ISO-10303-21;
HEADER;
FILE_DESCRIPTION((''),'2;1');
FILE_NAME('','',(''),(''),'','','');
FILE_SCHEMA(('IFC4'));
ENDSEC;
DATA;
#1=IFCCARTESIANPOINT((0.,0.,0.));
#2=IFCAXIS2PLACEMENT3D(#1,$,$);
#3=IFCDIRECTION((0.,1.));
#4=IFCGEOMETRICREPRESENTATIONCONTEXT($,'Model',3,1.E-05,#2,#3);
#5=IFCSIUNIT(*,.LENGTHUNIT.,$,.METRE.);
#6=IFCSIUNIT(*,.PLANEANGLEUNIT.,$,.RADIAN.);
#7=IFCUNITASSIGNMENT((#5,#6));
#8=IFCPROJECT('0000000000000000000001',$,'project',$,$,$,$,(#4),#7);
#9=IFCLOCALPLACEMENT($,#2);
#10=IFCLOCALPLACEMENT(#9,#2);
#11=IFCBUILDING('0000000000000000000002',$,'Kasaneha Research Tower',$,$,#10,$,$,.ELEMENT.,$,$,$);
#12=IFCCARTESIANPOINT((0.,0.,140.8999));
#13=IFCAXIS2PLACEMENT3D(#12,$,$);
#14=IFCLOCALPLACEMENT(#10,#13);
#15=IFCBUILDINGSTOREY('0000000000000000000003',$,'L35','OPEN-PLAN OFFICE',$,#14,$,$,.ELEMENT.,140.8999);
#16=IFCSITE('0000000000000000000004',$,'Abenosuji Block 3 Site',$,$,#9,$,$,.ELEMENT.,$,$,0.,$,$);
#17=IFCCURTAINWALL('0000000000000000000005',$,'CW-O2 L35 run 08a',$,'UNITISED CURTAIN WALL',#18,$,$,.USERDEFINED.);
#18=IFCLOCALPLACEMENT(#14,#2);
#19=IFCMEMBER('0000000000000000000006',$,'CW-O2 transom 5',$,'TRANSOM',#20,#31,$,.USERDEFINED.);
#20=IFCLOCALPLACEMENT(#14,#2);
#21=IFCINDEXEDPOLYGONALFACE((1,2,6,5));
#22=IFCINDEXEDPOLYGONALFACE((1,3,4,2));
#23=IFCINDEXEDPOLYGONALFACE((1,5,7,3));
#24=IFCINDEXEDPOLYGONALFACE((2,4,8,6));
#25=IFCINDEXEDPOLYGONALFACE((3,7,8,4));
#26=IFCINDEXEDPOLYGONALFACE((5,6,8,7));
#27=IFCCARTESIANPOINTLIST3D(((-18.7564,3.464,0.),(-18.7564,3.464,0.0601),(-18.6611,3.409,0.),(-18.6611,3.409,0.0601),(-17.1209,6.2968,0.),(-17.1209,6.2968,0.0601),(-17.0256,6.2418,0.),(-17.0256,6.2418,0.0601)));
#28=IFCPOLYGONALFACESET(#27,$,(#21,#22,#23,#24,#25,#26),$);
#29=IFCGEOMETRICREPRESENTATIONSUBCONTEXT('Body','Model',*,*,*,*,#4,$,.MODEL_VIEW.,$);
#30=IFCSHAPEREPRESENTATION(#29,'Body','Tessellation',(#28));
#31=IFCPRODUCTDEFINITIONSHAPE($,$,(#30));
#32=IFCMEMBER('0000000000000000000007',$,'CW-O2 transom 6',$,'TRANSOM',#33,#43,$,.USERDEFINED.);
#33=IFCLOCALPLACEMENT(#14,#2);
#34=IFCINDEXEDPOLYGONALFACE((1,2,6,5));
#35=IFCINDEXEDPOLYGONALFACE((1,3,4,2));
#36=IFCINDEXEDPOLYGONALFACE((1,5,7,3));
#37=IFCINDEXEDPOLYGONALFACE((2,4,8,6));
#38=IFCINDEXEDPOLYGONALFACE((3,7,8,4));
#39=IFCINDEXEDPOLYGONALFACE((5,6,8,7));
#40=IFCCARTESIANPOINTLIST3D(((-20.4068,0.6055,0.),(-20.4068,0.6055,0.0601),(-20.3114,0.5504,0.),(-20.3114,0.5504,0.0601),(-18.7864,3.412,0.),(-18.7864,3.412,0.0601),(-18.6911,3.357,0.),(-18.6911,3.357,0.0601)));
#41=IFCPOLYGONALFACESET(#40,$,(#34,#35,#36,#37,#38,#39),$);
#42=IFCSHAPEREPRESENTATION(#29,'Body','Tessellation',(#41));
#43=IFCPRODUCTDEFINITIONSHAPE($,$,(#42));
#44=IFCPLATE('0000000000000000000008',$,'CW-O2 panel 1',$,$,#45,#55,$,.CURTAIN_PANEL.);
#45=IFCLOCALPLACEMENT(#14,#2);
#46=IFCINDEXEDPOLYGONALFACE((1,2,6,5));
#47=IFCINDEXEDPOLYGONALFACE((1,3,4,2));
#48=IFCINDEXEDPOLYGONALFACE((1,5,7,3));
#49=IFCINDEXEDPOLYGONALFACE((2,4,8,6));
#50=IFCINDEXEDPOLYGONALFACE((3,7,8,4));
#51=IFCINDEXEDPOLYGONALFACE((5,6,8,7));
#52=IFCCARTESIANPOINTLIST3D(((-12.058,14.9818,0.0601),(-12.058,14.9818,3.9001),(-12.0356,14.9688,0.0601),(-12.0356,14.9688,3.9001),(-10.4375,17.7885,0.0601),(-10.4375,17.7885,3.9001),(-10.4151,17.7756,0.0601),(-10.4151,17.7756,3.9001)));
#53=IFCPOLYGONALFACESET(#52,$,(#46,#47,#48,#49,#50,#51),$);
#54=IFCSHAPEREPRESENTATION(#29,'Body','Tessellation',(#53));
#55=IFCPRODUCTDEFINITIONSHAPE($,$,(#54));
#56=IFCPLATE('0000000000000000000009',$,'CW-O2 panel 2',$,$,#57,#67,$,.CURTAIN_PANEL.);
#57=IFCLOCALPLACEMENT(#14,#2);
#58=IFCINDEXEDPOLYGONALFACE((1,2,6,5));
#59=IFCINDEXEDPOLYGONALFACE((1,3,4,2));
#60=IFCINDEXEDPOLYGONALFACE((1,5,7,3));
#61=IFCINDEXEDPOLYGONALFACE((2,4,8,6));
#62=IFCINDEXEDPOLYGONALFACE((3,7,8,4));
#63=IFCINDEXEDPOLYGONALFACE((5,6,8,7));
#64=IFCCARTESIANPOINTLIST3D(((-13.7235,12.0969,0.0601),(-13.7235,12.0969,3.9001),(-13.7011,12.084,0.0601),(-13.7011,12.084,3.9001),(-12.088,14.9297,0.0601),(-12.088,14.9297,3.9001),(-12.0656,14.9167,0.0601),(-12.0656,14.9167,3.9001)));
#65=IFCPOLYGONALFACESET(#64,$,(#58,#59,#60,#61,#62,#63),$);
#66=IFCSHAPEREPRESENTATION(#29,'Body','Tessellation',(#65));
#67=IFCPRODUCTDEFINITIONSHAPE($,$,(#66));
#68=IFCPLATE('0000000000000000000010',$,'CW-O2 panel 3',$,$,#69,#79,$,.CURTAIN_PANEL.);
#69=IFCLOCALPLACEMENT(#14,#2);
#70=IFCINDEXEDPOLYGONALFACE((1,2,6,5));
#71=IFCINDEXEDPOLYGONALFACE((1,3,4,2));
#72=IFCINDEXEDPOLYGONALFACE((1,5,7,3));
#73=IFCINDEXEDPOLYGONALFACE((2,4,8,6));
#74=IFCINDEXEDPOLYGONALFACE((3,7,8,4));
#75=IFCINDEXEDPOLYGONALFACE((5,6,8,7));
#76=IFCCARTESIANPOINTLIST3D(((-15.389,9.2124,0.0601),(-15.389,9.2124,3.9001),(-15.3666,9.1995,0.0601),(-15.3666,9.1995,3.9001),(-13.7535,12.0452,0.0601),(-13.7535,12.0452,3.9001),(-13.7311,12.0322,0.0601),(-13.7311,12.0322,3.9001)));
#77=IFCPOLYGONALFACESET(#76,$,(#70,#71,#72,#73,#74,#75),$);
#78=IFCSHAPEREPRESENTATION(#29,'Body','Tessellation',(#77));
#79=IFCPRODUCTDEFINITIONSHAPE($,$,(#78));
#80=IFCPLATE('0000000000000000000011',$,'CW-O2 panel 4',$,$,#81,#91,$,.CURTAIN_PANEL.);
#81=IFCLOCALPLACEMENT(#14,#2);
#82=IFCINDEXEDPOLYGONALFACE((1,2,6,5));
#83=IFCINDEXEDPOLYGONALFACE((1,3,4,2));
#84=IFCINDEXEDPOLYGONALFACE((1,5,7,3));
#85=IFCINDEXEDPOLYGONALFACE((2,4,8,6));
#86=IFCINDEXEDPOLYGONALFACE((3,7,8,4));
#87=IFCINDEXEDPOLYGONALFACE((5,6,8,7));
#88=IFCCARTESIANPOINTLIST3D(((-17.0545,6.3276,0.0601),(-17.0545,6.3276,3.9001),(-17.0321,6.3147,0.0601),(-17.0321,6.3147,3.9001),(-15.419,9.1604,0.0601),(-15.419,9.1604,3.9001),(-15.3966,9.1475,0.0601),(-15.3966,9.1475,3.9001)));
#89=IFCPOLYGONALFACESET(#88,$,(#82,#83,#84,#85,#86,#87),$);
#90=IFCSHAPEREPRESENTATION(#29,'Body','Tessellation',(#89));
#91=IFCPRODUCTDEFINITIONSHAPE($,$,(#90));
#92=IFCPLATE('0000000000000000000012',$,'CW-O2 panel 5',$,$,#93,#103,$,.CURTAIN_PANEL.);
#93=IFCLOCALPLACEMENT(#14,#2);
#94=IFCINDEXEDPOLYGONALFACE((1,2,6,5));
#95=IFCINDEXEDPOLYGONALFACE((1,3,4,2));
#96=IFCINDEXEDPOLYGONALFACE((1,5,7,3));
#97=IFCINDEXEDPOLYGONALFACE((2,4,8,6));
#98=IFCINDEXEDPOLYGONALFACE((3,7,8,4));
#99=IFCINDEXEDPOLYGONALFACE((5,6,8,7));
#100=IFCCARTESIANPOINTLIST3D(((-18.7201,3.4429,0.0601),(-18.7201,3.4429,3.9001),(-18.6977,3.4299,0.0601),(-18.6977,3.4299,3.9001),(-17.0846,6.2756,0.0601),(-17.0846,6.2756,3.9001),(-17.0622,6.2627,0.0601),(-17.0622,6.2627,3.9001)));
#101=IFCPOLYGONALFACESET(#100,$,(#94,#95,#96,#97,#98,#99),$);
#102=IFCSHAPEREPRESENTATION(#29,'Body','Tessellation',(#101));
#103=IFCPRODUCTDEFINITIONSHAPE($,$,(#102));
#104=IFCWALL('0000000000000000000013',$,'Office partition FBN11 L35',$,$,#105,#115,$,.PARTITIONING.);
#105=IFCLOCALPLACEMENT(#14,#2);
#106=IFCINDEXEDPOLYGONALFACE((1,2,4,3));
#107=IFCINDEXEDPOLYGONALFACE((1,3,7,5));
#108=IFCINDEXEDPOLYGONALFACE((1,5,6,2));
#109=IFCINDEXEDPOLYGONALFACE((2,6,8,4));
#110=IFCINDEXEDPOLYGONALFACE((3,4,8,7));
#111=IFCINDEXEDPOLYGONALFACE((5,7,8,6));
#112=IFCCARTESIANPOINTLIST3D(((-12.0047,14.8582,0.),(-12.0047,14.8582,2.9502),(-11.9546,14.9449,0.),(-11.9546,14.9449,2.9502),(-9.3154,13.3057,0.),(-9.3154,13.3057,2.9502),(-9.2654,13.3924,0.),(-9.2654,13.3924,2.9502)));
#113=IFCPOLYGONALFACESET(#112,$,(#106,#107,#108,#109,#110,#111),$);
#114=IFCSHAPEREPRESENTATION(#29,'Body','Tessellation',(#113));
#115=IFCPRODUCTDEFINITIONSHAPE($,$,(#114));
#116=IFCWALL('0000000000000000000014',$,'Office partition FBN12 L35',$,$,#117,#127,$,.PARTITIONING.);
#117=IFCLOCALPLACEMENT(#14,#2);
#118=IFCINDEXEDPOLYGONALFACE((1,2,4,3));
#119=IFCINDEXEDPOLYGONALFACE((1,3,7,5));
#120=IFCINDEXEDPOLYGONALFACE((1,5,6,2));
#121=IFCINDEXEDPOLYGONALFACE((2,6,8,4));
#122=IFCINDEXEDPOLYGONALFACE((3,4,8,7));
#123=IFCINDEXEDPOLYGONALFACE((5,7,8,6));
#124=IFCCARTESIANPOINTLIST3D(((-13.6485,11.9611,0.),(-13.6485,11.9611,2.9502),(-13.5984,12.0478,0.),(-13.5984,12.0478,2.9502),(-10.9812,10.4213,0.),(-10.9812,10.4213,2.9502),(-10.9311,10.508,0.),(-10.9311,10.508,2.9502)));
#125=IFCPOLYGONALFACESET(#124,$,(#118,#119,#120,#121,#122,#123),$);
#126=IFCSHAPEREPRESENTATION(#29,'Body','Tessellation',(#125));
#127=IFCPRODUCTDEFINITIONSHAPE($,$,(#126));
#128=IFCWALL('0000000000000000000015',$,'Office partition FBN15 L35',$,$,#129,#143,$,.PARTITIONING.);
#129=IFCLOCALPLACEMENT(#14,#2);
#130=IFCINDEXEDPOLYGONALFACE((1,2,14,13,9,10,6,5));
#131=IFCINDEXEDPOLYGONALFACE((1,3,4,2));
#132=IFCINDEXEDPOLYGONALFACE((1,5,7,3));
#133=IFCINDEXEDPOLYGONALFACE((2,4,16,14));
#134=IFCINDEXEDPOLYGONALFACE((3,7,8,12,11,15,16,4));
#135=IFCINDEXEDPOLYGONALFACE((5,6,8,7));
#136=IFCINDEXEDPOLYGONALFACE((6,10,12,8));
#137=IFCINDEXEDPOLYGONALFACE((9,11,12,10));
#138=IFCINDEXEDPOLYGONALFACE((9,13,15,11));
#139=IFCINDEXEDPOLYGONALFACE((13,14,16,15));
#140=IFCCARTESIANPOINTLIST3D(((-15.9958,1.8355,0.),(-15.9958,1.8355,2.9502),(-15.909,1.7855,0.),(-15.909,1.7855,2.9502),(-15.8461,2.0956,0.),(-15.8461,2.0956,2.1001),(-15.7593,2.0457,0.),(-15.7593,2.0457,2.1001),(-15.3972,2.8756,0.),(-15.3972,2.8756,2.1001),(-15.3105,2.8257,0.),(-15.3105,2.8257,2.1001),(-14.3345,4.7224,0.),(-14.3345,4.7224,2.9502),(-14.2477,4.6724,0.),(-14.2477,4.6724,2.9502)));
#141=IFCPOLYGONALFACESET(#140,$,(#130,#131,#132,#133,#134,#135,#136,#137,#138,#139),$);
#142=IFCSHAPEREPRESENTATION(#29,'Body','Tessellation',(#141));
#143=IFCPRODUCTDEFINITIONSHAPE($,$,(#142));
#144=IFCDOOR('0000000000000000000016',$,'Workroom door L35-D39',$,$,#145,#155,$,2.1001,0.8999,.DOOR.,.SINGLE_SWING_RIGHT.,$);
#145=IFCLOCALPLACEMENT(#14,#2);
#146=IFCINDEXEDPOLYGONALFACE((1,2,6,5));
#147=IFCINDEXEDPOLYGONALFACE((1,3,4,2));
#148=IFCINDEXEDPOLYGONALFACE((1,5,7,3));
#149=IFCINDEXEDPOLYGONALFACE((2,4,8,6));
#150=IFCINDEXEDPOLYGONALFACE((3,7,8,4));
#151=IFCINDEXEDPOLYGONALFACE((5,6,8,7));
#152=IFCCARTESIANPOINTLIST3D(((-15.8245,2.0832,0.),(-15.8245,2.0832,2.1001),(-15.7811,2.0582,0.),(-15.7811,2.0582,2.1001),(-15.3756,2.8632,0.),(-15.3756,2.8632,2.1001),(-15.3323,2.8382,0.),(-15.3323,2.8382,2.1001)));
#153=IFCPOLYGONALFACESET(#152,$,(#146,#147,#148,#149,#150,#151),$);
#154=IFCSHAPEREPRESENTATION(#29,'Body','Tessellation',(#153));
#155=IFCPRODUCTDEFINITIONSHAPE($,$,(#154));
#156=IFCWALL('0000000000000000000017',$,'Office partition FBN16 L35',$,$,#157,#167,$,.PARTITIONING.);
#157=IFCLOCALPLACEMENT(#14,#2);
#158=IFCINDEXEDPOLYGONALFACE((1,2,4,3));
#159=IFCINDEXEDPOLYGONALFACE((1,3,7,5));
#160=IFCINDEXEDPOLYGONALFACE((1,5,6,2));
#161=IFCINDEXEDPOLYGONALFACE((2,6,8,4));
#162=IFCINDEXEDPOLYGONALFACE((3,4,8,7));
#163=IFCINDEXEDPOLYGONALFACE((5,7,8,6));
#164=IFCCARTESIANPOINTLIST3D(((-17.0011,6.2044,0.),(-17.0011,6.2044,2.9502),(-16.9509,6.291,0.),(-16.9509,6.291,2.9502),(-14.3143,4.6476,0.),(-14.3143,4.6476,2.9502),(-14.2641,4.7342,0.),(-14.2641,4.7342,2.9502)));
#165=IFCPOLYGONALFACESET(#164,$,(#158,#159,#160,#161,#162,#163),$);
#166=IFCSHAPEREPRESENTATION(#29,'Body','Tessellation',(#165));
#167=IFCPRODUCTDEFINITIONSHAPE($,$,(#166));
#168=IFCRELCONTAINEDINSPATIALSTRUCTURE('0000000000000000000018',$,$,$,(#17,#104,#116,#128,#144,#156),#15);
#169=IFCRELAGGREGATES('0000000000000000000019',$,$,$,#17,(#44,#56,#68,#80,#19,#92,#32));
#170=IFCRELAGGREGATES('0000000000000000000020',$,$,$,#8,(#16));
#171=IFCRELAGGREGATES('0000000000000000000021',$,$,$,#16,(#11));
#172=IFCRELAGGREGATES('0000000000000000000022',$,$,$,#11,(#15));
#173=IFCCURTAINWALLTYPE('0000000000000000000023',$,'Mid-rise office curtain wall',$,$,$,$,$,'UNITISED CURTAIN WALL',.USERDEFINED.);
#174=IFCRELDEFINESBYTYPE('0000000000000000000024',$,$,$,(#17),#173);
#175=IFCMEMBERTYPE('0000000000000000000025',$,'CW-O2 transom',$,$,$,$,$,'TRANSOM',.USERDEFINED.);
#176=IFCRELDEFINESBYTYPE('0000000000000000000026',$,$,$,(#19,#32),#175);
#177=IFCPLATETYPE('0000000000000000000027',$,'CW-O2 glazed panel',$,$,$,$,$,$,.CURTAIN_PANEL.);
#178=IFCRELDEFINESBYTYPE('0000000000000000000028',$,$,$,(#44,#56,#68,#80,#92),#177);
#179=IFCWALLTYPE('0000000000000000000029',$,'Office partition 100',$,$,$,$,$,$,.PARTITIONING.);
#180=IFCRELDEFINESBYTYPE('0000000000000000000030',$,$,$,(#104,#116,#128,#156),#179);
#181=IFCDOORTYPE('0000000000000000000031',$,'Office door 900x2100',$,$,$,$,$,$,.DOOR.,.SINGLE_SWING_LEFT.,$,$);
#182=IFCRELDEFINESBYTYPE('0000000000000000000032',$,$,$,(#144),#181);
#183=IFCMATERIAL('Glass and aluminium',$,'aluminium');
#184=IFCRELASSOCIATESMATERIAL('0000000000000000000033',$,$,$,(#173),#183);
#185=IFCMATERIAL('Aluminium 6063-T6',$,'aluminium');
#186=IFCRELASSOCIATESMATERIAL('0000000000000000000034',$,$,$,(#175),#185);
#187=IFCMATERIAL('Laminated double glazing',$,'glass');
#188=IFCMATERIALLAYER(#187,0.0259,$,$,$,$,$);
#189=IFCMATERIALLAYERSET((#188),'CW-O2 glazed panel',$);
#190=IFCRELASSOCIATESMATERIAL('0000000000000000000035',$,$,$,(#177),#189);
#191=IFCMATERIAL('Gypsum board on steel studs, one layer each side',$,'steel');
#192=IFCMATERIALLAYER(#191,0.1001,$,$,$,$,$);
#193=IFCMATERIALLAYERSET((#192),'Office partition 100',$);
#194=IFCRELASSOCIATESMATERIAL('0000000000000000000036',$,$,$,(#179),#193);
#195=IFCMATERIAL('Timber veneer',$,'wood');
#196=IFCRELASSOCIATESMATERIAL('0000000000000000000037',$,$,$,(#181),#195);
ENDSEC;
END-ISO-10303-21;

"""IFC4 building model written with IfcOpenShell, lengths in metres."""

from ifc_helpers import new_model, si_unit, direction, frame, frame_2d, origin, origin_2d, place, context, subcontext, project, spatial, rectangle, extrude, material, layer, layer_set, material_profile, profile_set, type_object, element, fill, aggregate, save


model = new_model("IFC4")

# Units and contexts
model_context = context("Model", 3, precision=1e-05, world=origin(), true_north=direction((0.0, 1.0)))
body_context = subcontext(model_context, "Body", "Model", "MODEL_VIEW")
ifc_project = project(units=[si_unit("LENGTHUNIT", "METRE"), si_unit("PLANEANGLEUNIT", "RADIAN")], contexts=[model_context])

# Site, building, storey
site_placement = place(None, origin())
site = spatial("IfcSite", under=ifc_project, at=site_placement, Name="Abenosuji Block 3 Site", CompositionType="ELEMENT", RefElevation=0.0)
building_placement = place(site_placement, origin())
building = spatial("IfcBuilding", under=site, at=building_placement, Name="Kasaneha Research Tower", CompositionType="ELEMENT")
storey_placement = place(building_placement, frame((0.0, 0.0, 140.8999)))
storey = spatial("IfcBuildingStorey", under=building, at=storey_placement, Name="L35", Description="OPEN-PLAN OFFICE", CompositionType="ELEMENT", Elevation=140.8999)

# Shared definitions
ifc_material_1 = material(Name="Glass and aluminium", Category="aluminium")
curtain_wall_type = type_object("IfcCurtainWallType", Name="Mid-rise office curtain wall", ElementType="UNITISED CURTAIN WALL", PredefinedType="USERDEFINED", material=ifc_material_1)

# Curtain wall, members, plates
curtain_wall_1_placement = place(storey_placement, origin())
curtain_wall_1 = element("IfcCurtainWall", 1, at=curtain_wall_1_placement, inside=storey, type_object=curtain_wall_type, Name="CW-O2 L35 run 08a", ObjectType="UNITISED CURTAIN WALL", PredefinedType="USERDEFINED")
ifc_material_2 = material(Name="Aluminium 6063-T6", Category="aluminium")
ifc_material_profile_1 = material_profile(ifc_material_2, rectangle(XDim=0.1101, YDim=0.0601, at=origin_2d()), Name="CW-O2 transom 110x60")
ifc_profile_set_1 = profile_set([ifc_material_profile_1], Name="Aluminium 6063-T6")
member_type_1 = type_object("IfcMemberType", Name="CW-O2 transom", ElementType="TRANSOM", PredefinedType="USERDEFINED", material=ifc_profile_set_1)
member_1_placement = place(storey_placement, frame((-17.0732, 6.2693, 0.03), z_axis=(-0.5, -0.866025, 0.0), x_axis=(0.866025, -0.5, 0.0)))
member_1 = element("IfcMember", 2, at=member_1_placement, type_object=member_type_1, Name="CW-O2 transom 5", ObjectType="TRANSOM", PredefinedType="USERDEFINED", context=body_context, shape_type="SweptSolid", body=[
    extrude(rectangle(XDim=0.1101, YDim=0.0601, at=origin_2d()), origin(), (0.0, 0.0, 1.0), 3.271),
])
member_2_placement = place(storey_placement, frame((-18.7388, 3.3845, 0.03), z_axis=(-0.499988, -0.866033, 0.0), x_axis=(0.866033, -0.499988, 0.0)))
member_2 = element("IfcMember", 3, at=member_2_placement, type_object=member_type_1, Name="CW-O2 transom 6", ObjectType="TRANSOM", PredefinedType="USERDEFINED", context=body_context, shape_type="SweptSolid", body=[
    extrude(rectangle(XDim=0.1101, YDim=0.0601, at=origin_2d()), origin(), (0.0, 0.0, 1.0), 3.2407),
])
ifc_material_3 = material(Name="Laminated double glazing", Category="glass")
ifc_layer_1 = layer(ifc_material_3, 0.0259)
ifc_layer_set_1 = layer_set([ifc_layer_1], Name="CW-O2 glazed panel")
plate_type = type_object("IfcPlateType", Name="CW-O2 glazed panel", PredefinedType="CURTAIN_PANEL", material=ifc_layer_set_1)
plate_1_placement = place(storey_placement, frame((-11.2366, 16.3787, 0.0601), z_axis=(0.0, 0.0, 1.0), x_axis=(-0.5, -0.866025, 0.0)))
plate_1 = element("IfcPlate", 4, at=plate_1_placement, type_object=plate_type, Name="CW-O2 panel 1", PredefinedType="CURTAIN_PANEL", context=body_context, shape_type="SweptSolid", body=[
    extrude(rectangle(XDim=3.241, YDim=0.0259, at=origin_2d()), origin(), (0.0, 0.0, 1.0), 3.8401),
])
plate_2_placement = place(storey_placement, frame((-12.8945, 13.5068, 0.0601), z_axis=(0.0, 0.0, 1.0), x_axis=(-0.5, -0.866025, 0.0)))
plate_2 = element("IfcPlate", 5, at=plate_2_placement, type_object=plate_type, Name="CW-O2 panel 2", PredefinedType="CURTAIN_PANEL", context=body_context, shape_type="SweptSolid", body=[
    extrude(rectangle(XDim=3.271, YDim=0.0259, at=origin_2d()), origin(), (0.0, 0.0, 1.0), 3.8401),
])
plate_3_placement = place(storey_placement, frame((-14.5601, 10.6223, 0.0601), z_axis=(0.0, 0.0, 1.0), x_axis=(-0.5, -0.866025, 0.0)))
plate_3 = element("IfcPlate", 6, at=plate_3_placement, type_object=plate_type, Name="CW-O2 panel 3", PredefinedType="CURTAIN_PANEL", context=body_context, shape_type="SweptSolid", body=[
    extrude(rectangle(XDim=3.271, YDim=0.0259, at=origin_2d()), origin(), (0.0, 0.0, 1.0), 3.8401),
])
plate_4_placement = place(storey_placement, frame((-16.2256, 7.7375, 0.0601), z_axis=(0.0, 0.0, 1.0), x_axis=(-0.5, -0.866025, 0.0)))
plate_4 = element("IfcPlate", 7, at=plate_4_placement, type_object=plate_type, Name="CW-O2 panel 4", PredefinedType="CURTAIN_PANEL", context=body_context, shape_type="SweptSolid", body=[
    extrude(rectangle(XDim=3.271, YDim=0.0259, at=origin_2d()), origin(), (0.0, 0.0, 1.0), 3.8401),
])
plate_5_placement = place(storey_placement, frame((-17.8911, 4.8528, 0.0601), z_axis=(0.0, 0.0, 1.0), x_axis=(-0.5, -0.866025, 0.0)))
plate_5 = element("IfcPlate", 8, at=plate_5_placement, type_object=plate_type, Name="CW-O2 panel 5", PredefinedType="CURTAIN_PANEL", context=body_context, shape_type="SweptSolid", body=[
    extrude(rectangle(XDim=3.271, YDim=0.0259, at=origin_2d()), origin(), (0.0, 0.0, 1.0), 3.8401),
])
aggregate(curtain_wall_1, [plate_1, plate_2, plate_3, plate_4, member_1, plate_5, member_2])

# Walls
ifc_material_4 = material(Name="Gypsum board on steel studs, one layer each side", Category="steel")
ifc_layer_2 = layer(ifc_material_4, 0.1001)
ifc_layer_set_2 = layer_set([ifc_layer_2], Name="Office partition 100")
wall_type_1 = type_object("IfcWallType", Name="Office partition 100", PredefinedType="PARTITIONING", material=ifc_layer_set_2)
wall_1_placement = place(storey_placement, frame((-11.9797, 14.9016, 0.0), z_axis=(0.0, 0.0, 1.0), x_axis=(0.866043, -0.49997, 0.0)))
element("IfcWall", 9, at=wall_1_placement, inside=storey, type_object=wall_type_1, Name="Office partition FBN11 L35", PredefinedType="PARTITIONING", context=body_context, shape_type="SweptSolid", body=[
    extrude(rectangle(XDim=3.1052, YDim=0.1001, at=frame_2d((1.5527, 0.0))), origin(), (0.0, 0.0, 1.0), 2.9502),
])
wall_2_placement = place(storey_placement, frame((-10.9561, 10.4646, 0.0), z_axis=(0.0, 0.0, 1.0), x_axis=(-0.866044, 0.499967, 0.0)))
element("IfcWall", 10, at=wall_2_placement, inside=storey, type_object=wall_type_1, Name="Office partition FBN12 L35", PredefinedType="PARTITIONING", context=body_context, shape_type="SweptSolid", body=[
    extrude(rectangle(XDim=3.0798, YDim=0.1001, at=frame_2d((1.54, 0.0))), origin(), (0.0, 0.0, 1.0), 2.9502),
])

# Wall, opening, door
wall_3_placement = place(storey_placement, frame((-14.291, 4.6975, 0.0), z_axis=(0.0, 0.0, 1.0), x_axis=(-0.498781, -0.866728, 0.0)))
wall_3 = element("IfcWall", 11, at=wall_3_placement, inside=storey, type_object=wall_type_1, Name="Office partition FBN15 L35", PredefinedType="PARTITIONING", context=body_context, shape_type="SweptSolid", body=[
    extrude(rectangle(XDim=3.3308, YDim=0.1001, at=frame_2d((1.6655, 0.0))), origin(), (0.0, 0.0, 1.0), 2.9502),
])
opening_1_placement = place(wall_3_placement, frame((2.1309, 0.0, 0.0)))
opening_1 = element("IfcOpeningElement", 12, at=opening_1_placement, cuts=wall_3, PredefinedType="OPENING", context=body_context, shape_type="SweptSolid", body=[
    extrude(rectangle(XDim=0.8999, YDim=2.1001, at=frame_2d((0.45, 1.05))), frame((0.0, 0.0601, 0.0), z_axis=(0.0, -1.0, 0.0), x_axis=(1.0, 0.0, 0.0)), (0.0, 0.0, 1.0), 0.1201),
])
ifc_material_5 = material(Name="Timber veneer", Category="wood")
door_type_1 = type_object("IfcDoorType", Name="Office door 900x2100", OperationType="SINGLE_SWING_LEFT", PredefinedType="DOOR", material=ifc_material_5)
door_1_placement = place(opening_1_placement, origin())
door_1 = element("IfcDoor", 13, at=door_1_placement, inside=storey, type_object=door_type_1, Name="Workroom door L35-D39", OperationType="SINGLE_SWING_RIGHT", OverallHeight=2.1001, OverallWidth=0.8999, PredefinedType="DOOR", context=body_context, shape_type="SweptSolid", body=[
    extrude(rectangle(XDim=0.8999, YDim=2.1001, at=frame_2d((0.45, 1.05))), frame((0.0, 0.0249, 0.0), z_axis=(0.0, -1.0, 0.0), x_axis=(1.0, 0.0, 0.0)), (0.0, 0.0, 1.0), 0.05),
])
fill(opening_1, door_1)

# Wall
wall_4_placement = place(storey_placement, frame((-16.9761, 6.2478, 0.0), z_axis=(0.0, 0.0, 1.0), x_axis=(0.865232, -0.501371, 0.0)))
element("IfcWall", 14, at=wall_4_placement, inside=storey, type_object=wall_type_1, Name="Office partition FBN16 L35", PredefinedType="PARTITIONING", context=body_context, shape_type="SweptSolid", body=[
    extrude(rectangle(XDim=3.1052, YDim=0.1001, at=frame_2d((1.5527, 0.0))), origin(), (0.0, 0.0, 1.0), 2.9502),
])

save(model, "model.ifc")
